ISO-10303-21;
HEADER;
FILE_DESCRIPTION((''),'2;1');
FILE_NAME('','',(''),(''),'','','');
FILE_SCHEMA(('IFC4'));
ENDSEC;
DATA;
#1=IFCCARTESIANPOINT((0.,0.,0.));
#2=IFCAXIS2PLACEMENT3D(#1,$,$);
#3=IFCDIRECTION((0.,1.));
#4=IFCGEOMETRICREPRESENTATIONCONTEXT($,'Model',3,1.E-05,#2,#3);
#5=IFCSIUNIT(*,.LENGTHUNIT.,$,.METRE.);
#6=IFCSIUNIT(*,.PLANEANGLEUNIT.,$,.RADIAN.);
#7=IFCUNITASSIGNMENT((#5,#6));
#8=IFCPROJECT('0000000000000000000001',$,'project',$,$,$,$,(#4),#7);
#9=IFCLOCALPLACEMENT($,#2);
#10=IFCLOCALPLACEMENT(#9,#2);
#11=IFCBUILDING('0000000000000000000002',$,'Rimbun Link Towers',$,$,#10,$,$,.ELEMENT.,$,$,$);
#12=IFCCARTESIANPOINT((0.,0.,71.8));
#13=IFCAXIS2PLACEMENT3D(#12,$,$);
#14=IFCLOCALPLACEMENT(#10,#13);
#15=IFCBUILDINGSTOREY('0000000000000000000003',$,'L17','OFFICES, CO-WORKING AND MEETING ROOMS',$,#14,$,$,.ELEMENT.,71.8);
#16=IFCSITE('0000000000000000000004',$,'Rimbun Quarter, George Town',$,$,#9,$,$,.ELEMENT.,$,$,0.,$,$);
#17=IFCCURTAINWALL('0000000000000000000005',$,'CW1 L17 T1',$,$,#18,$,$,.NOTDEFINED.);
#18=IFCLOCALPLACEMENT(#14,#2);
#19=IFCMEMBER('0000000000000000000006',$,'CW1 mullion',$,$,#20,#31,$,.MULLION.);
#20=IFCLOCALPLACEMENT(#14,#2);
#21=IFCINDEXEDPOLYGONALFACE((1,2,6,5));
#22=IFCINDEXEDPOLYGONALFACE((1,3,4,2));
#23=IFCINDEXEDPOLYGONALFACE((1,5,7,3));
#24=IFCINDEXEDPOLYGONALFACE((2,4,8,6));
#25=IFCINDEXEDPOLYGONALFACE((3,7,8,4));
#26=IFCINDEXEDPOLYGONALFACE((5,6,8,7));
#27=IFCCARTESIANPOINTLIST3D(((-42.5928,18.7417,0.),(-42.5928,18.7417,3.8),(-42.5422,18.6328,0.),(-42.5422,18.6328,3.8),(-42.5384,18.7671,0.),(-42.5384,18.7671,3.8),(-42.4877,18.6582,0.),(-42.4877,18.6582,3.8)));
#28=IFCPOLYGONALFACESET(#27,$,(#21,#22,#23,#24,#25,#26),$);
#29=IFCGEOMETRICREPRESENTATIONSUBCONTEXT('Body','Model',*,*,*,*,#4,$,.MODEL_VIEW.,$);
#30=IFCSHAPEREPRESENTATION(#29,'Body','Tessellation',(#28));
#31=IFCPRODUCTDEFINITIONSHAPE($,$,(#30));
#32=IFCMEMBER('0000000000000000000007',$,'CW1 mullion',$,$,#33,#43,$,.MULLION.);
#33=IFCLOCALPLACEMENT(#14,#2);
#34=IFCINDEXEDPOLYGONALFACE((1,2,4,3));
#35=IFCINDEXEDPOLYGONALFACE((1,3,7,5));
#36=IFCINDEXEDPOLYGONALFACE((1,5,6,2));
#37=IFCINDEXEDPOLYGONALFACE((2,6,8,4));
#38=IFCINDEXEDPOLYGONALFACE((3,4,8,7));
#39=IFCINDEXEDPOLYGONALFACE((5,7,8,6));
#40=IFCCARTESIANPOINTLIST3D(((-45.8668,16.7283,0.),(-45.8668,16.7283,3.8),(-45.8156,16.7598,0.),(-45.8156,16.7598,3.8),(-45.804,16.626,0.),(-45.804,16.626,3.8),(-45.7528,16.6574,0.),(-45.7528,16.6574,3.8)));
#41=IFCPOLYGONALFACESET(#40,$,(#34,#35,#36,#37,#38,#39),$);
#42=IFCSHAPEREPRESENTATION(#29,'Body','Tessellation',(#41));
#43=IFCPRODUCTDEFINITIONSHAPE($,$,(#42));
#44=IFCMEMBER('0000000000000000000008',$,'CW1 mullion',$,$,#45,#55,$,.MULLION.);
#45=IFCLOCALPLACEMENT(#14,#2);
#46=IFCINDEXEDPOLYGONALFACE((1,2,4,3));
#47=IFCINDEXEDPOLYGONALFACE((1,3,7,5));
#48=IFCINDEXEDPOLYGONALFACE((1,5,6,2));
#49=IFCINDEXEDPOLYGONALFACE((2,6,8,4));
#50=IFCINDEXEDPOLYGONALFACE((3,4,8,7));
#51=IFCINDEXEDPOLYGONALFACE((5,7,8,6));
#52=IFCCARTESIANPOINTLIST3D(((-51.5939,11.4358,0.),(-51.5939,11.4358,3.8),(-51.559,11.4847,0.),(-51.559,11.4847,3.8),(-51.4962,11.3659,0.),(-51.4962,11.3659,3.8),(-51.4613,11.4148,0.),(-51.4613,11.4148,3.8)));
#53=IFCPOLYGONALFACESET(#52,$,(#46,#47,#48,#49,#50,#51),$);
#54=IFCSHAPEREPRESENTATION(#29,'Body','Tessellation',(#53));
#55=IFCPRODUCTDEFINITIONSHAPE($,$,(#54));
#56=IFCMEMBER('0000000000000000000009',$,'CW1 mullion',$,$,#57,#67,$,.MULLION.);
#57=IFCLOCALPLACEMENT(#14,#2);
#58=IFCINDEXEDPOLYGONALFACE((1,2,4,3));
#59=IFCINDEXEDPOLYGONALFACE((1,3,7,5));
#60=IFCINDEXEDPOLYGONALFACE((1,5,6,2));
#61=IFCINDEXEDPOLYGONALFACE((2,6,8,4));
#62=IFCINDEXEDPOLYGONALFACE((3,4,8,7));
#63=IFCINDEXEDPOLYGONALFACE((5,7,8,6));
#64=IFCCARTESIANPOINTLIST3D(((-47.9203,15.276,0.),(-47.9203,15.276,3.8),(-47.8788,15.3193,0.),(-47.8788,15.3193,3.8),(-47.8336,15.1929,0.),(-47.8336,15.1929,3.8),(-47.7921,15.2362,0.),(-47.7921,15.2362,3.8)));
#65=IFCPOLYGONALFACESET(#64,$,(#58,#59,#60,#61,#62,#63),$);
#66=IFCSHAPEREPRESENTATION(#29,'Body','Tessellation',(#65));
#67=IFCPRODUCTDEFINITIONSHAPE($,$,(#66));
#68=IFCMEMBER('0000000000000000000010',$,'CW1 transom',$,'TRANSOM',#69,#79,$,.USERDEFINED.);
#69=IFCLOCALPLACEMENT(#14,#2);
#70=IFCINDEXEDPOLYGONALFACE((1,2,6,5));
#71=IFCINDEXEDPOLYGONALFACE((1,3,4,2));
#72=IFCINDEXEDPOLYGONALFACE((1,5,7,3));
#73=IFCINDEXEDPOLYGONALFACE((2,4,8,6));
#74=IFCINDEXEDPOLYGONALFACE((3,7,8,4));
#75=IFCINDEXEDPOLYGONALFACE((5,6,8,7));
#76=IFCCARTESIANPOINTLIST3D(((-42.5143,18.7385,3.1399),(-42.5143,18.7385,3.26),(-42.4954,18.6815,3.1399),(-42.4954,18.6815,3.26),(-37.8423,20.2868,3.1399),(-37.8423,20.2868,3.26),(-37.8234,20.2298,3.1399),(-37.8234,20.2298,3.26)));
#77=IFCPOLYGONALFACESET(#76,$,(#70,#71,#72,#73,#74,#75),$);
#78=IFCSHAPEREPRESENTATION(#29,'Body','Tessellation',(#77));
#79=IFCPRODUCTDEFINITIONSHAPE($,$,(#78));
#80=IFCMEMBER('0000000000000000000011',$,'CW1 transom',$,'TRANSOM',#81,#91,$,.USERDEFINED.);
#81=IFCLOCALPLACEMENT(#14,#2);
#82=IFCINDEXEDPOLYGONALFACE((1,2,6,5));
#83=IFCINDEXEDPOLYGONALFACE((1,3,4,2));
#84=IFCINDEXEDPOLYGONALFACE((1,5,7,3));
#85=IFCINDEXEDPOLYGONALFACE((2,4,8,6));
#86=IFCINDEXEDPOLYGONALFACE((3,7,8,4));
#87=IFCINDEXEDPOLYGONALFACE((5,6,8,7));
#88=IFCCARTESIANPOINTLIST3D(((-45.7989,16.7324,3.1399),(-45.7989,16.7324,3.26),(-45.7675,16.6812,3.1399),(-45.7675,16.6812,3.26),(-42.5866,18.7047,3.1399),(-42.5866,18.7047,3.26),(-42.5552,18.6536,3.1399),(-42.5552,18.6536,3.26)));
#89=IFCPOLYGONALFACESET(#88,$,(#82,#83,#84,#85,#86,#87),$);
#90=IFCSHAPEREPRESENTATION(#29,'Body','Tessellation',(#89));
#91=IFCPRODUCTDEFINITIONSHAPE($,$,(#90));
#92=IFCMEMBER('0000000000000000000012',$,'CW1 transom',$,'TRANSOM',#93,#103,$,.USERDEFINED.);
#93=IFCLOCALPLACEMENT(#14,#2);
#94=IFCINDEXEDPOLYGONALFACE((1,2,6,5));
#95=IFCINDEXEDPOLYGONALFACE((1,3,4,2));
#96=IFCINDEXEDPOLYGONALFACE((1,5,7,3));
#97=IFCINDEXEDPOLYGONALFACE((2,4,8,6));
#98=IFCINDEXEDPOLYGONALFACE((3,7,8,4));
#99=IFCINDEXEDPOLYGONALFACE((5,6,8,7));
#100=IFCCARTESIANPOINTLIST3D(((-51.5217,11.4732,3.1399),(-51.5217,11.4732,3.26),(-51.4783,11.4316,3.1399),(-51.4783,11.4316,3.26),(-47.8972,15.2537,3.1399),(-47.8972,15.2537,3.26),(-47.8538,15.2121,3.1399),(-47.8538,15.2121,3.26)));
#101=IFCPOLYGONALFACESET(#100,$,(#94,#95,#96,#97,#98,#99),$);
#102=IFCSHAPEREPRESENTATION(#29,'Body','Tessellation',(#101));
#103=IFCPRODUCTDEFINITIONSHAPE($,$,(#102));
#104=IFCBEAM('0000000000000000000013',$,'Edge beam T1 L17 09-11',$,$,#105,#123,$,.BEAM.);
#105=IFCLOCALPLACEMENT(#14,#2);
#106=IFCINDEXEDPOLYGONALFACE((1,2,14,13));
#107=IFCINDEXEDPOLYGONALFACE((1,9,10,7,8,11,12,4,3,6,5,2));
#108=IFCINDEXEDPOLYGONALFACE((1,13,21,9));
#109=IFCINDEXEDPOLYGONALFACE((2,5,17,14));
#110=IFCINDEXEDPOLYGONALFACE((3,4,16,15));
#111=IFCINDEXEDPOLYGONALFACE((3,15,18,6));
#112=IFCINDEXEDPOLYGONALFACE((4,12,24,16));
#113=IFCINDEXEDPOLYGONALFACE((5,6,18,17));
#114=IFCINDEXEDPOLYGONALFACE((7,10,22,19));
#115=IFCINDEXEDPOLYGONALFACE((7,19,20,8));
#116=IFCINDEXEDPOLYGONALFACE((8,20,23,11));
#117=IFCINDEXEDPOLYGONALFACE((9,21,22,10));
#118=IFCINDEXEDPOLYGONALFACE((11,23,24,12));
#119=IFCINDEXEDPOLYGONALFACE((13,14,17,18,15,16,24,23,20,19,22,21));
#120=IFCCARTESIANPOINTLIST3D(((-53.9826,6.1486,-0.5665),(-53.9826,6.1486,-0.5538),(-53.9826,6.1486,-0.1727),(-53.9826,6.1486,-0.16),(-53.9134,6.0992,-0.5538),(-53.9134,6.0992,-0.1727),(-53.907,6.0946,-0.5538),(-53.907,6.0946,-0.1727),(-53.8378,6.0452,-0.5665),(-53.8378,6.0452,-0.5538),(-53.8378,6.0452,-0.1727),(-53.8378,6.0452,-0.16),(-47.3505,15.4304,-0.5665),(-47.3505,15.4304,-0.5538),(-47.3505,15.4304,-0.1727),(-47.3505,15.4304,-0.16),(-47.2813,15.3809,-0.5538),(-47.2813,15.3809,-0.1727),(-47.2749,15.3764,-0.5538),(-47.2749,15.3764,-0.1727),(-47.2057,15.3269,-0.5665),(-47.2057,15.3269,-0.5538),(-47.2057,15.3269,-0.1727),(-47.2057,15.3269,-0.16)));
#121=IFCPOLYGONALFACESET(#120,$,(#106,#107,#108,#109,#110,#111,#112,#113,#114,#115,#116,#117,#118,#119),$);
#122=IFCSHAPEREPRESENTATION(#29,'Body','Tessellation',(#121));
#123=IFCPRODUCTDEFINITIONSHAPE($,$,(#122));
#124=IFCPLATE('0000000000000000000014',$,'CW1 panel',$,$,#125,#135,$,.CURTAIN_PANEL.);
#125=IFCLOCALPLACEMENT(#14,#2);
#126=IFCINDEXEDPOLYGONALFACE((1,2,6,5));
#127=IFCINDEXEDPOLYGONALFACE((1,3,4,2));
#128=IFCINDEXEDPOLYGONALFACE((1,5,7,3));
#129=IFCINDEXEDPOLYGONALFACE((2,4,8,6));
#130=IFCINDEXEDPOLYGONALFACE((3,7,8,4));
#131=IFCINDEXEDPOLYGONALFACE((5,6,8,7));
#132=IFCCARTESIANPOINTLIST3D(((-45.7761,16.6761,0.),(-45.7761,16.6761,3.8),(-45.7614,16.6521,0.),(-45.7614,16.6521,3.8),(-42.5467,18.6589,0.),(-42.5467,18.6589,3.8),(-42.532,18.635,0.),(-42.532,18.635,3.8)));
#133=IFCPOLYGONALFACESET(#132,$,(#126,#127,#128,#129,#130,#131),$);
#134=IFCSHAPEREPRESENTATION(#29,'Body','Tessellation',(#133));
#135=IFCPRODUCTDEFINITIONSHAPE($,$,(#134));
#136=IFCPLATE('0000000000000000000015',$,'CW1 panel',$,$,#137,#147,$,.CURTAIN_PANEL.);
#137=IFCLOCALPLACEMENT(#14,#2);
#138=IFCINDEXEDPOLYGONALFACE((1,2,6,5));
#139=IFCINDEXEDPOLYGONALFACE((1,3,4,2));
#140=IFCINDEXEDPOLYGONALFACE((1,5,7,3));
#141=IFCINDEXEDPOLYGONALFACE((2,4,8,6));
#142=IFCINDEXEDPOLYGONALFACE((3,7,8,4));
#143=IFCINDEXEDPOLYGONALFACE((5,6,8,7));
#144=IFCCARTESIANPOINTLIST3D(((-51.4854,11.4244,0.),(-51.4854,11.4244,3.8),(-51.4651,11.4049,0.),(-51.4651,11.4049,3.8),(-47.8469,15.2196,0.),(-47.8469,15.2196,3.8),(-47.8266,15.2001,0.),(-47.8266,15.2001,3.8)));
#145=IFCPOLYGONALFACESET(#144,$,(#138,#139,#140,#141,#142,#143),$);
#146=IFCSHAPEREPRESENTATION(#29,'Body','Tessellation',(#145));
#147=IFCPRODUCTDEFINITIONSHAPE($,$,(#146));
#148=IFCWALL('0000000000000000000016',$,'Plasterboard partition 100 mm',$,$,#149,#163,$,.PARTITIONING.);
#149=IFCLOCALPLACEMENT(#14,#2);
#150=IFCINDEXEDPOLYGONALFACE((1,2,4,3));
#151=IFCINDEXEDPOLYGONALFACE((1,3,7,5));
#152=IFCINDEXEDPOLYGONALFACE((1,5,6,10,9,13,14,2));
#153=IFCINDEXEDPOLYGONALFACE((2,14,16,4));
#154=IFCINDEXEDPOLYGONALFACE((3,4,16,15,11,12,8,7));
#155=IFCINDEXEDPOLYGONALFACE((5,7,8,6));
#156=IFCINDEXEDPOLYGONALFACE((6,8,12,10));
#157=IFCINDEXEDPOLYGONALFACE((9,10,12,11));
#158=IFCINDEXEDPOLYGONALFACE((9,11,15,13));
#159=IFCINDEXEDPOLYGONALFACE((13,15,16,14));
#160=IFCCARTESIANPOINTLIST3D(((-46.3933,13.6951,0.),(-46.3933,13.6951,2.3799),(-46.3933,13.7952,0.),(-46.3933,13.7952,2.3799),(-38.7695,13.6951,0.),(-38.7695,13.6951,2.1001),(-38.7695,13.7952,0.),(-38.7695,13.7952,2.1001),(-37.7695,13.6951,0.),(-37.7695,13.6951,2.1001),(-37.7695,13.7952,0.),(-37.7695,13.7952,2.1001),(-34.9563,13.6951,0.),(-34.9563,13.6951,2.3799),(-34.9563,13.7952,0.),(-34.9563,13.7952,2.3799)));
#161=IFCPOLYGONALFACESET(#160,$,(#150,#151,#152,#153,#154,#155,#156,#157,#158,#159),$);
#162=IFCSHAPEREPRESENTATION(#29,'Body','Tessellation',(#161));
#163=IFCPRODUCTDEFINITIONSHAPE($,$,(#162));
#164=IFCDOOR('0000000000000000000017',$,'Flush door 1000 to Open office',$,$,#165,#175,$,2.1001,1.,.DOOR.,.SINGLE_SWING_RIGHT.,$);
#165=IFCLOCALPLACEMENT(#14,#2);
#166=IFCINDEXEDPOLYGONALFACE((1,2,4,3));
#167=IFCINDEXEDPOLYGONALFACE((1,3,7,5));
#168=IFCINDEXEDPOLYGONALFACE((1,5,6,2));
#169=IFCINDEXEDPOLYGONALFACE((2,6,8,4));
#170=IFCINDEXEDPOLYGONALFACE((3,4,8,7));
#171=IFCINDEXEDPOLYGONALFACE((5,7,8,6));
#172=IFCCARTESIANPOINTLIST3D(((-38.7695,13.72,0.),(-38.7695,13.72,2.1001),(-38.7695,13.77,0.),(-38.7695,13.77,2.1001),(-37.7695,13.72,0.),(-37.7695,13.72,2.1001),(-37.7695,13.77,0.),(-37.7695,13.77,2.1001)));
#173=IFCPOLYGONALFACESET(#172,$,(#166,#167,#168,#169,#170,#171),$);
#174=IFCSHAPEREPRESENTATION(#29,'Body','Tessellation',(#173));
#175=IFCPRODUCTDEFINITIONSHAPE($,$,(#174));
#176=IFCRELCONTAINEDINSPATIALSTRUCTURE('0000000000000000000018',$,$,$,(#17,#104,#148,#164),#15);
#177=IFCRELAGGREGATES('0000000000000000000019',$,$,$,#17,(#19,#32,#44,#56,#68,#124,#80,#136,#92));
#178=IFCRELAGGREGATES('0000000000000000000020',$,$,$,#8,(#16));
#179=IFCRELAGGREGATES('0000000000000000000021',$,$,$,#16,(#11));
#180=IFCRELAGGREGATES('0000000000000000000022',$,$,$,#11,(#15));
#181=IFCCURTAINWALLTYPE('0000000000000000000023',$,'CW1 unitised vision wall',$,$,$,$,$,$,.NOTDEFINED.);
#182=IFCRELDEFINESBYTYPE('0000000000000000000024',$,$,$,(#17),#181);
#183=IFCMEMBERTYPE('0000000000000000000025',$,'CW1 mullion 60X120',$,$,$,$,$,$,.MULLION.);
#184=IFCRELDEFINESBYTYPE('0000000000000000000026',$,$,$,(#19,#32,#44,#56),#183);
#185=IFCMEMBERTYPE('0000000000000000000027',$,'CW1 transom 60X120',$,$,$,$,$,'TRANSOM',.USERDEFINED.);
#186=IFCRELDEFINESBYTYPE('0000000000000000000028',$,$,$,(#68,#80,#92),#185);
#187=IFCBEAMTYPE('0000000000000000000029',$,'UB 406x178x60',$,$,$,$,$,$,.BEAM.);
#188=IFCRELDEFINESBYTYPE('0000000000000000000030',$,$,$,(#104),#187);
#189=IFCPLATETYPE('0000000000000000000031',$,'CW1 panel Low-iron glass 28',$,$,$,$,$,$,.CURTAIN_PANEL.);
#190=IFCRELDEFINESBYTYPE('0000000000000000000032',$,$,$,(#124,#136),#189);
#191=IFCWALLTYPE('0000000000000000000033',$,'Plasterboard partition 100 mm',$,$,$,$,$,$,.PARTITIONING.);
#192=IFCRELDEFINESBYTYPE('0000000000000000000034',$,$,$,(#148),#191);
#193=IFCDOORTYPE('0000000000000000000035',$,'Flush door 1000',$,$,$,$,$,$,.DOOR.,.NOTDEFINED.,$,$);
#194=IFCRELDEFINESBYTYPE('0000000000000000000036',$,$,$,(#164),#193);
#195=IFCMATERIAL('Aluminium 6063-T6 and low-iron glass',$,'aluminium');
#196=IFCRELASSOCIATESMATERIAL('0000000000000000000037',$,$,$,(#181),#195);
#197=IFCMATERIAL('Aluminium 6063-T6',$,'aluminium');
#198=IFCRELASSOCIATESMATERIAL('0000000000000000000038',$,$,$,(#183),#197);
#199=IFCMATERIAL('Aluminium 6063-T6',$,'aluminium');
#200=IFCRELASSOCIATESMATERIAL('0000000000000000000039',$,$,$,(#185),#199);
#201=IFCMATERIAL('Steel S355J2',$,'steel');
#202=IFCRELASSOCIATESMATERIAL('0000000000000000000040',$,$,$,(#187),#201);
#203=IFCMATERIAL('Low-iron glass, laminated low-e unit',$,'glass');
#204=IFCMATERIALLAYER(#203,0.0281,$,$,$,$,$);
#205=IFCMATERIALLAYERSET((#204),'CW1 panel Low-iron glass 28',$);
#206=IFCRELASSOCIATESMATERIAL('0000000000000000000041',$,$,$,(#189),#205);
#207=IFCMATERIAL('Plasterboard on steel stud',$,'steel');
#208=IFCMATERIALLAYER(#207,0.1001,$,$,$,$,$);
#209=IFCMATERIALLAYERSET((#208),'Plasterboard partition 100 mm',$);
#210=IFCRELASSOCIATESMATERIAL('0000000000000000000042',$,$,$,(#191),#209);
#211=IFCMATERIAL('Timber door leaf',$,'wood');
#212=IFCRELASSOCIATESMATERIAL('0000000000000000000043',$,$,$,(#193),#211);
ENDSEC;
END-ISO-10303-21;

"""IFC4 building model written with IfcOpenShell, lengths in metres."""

from ifc_helpers import new_model, si_unit, direction, frame, frame_2d, origin, origin_2d, place, context, subcontext, project, spatial, rectangle, i_section, extrude, material, layer, layer_set, material_profile, profile_set, type_object, element, fill, aggregate, save


model = new_model("IFC4")

# Units and contexts
model_context = context("Model", 3, precision=1e-05, world=origin(), true_north=direction((0.0, 1.0)))
body_context = subcontext(model_context, "Body", "Model", "MODEL_VIEW")
ifc_project = project(units=[si_unit("LENGTHUNIT", "METRE"), si_unit("PLANEANGLEUNIT", "RADIAN")], contexts=[model_context])

# Site, building, storey
site_placement = place(None, origin())
site = spatial("IfcSite", under=ifc_project, at=site_placement, Name="Rimbun Quarter, George Town", CompositionType="ELEMENT", RefElevation=0.0)
building_placement = place(site_placement, origin())
building = spatial("IfcBuilding", under=site, at=building_placement, Name="Rimbun Link Towers", CompositionType="ELEMENT")
storey_placement = place(building_placement, frame((0.0, 0.0, 71.8)))
storey = spatial("IfcBuildingStorey", under=building, at=storey_placement, Name="L17", Description="OFFICES, CO-WORKING AND MEETING ROOMS", CompositionType="ELEMENT", Elevation=71.8)

# Curtain wall, members
ifc_material_1 = material(Name="Aluminium 6063-T6 and low-iron glass", Category="aluminium")
curtain_wall_type = type_object("IfcCurtainWallType", Name="CW1 unitised vision wall", PredefinedType="NOTDEFINED", material=ifc_material_1)
curtain_wall_placement = place(storey_placement, origin())
curtain_wall = element("IfcCurtainWall", 1, at=curtain_wall_placement, inside=storey, type_object=curtain_wall_type, Name="CW1 L17 T1", PredefinedType="NOTDEFINED")
ifc_material_2 = material(Name="Aluminium 6063-T6", Category="aluminium")
ifc_material_profile_1 = material_profile(ifc_material_2, rectangle(XDim=0.1201, YDim=0.0601, at=origin_2d()), Name="MULLION 60X120")
ifc_profile_set_1 = profile_set([ifc_material_profile_1], Name="Aluminium 6063-T6")
member_type_1 = type_object("IfcMemberType", Name="CW1 mullion 60X120", PredefinedType="MULLION", material=ifc_profile_set_1)
member_1_placement = place(storey_placement, frame((-42.5403, 18.7, 0.0), z_axis=(0.0, 0.0, 1.0), x_axis=(-0.421699, 0.906736, 0.0)))
member_1 = element("IfcMember", 2, at=member_1_placement, type_object=member_type_1, Name="CW1 mullion", PredefinedType="MULLION", context=body_context, shape_type="SweptSolid", body=[
    extrude(rectangle(XDim=0.1201, YDim=0.0601, at=origin_2d()), origin(), (0.0, 0.0, 1.0), 3.8),
])
member_2_placement = place(storey_placement, frame((-45.8098, 16.6929, 0.0), z_axis=(0.0, 0.0, 1.0), x_axis=(-0.523239, 0.852186, 0.0)))
member_2 = element("IfcMember", 3, at=member_2_placement, type_object=member_type_1, Name="CW1 mullion", PredefinedType="MULLION", context=body_context, shape_type="SweptSolid", body=[
    extrude(rectangle(XDim=0.1201, YDim=0.0601, at=origin_2d()), origin(), (0.0, 0.0, 1.0), 3.8),
])
member_3_placement = place(storey_placement, frame((-51.5276, 11.4253, 0.0), z_axis=(0.0, 0.0, 1.0), x_axis=(-0.813351, 0.581773, 0.0)))
member_3 = element("IfcMember", 4, at=member_3_placement, type_object=member_type_1, Name="CW1 mullion", PredefinedType="MULLION", context=body_context, shape_type="SweptSolid", body=[
    extrude(rectangle(XDim=0.1201, YDim=0.0601, at=origin_2d()), origin(), (0.0, 0.0, 1.0), 3.8),
])
member_4_placement = place(storey_placement, frame((-47.8562, 15.2561, 0.0), z_axis=(0.0, 0.0, 1.0), x_axis=(-0.721854, 0.692045, 0.0)))
member_4 = element("IfcMember", 5, at=member_4_placement, type_object=member_type_1, Name="CW1 mullion", PredefinedType="MULLION", context=body_context, shape_type="SweptSolid", body=[
    extrude(rectangle(XDim=0.1201, YDim=0.0601, at=origin_2d()), origin(), (0.0, 0.0, 1.0), 3.8),
])
ifc_material_3 = material(Name="Aluminium 6063-T6", Category="aluminium")
ifc_material_profile_2 = material_profile(ifc_material_3, rectangle(XDim=0.0601, YDim=0.1201, at=origin_2d()), Name="TRANSOM 60X120")
ifc_profile_set_2 = profile_set([ifc_material_profile_2], Name="Aluminium 6063-T6")
member_type_2 = type_object("IfcMemberType", Name="CW1 transom 60X120", ElementType="TRANSOM", PredefinedType="USERDEFINED", material=ifc_profile_set_2)
member_5_placement = place(storey_placement, frame((-42.5049, 18.71, 3.2), z_axis=(0.949232, 0.314576, 0.0), x_axis=(-0.314576, 0.949232, 0.0)))
member_5 = element("IfcMember", 6, at=member_5_placement, type_object=member_type_2, Name="CW1 transom", ObjectType="TRANSOM", PredefinedType="USERDEFINED", context=body_context, shape_type="SweptSolid", body=[
    extrude(rectangle(XDim=0.0601, YDim=0.1201, at=origin_2d()), origin(), (0.0, 0.0, 1.0), 4.9219),
])
member_6_placement = place(storey_placement, frame((-45.7832, 16.7068, 3.2), z_axis=(0.852185, 0.523241, 0.0), x_axis=(-0.523241, 0.852185, 0.0)))
member_6 = element("IfcMember", 7, at=member_6_placement, type_object=member_type_2, Name="CW1 transom", ObjectType="TRANSOM", PredefinedType="USERDEFINED", context=body_context, shape_type="SweptSolid", body=[
    extrude(rectangle(XDim=0.0601, YDim=0.1201, at=origin_2d()), origin(), (0.0, 0.0, 1.0), 3.7695),
])
member_7_placement = place(storey_placement, frame((-51.5, 11.4524, 3.2), z_axis=(0.692056, 0.721844, 0.0), x_axis=(-0.721844, 0.692056, 0.0)))
member_7 = element("IfcMember", 8, at=member_7_placement, type_object=member_type_2, Name="CW1 transom", ObjectType="TRANSOM", PredefinedType="USERDEFINED", context=body_context, shape_type="SweptSolid", body=[
    extrude(rectangle(XDim=0.0601, YDim=0.1201, at=origin_2d()), origin(), (0.0, 0.0, 1.0), 5.2373),
])

# Beam
ifc_material_4 = material(Name="Steel S355J2", Category="steel")
ifc_material_profile_3 = material_profile(ifc_material_4, i_section(OverallWidth=0.178, OverallDepth=0.4065, WebThickness=0.0078, FlangeThickness=0.0127, at=origin_2d()), Name="UB 406x178x60")
ifc_profile_set_3 = profile_set([ifc_material_profile_3], Name="Steel S355J2")
beam_type = type_object("IfcBeamType", Name="UB 406x178x60", PredefinedType="BEAM", material=ifc_profile_set_3)
beam_placement = place(storey_placement, frame((-47.2781, 15.3787, -0.3633), z_axis=(-0.58137, -0.813639, 0.0), x_axis=(0.813639, -0.58137, 0.0)))
element("IfcBeam", 9, at=beam_placement, inside=storey, type_object=beam_type, Name="Edge beam T1 L17 09-11", PredefinedType="BEAM", context=body_context, shape_type="SweptSolid", body=[
    extrude(i_section(OverallWidth=0.178, OverallDepth=0.4065, WebThickness=0.0078, FlangeThickness=0.0127, at=origin_2d()), origin(), (0.0, 0.0, 1.0), 11.4077),
])

# Plates
ifc_material_5 = material(Name="Low-iron glass, laminated low-e unit", Category="glass")
ifc_layer_1 = layer(ifc_material_5, 0.0281)
ifc_layer_set_1 = layer_set([ifc_layer_1], Name="CW1 panel Low-iron glass 28")
plate_type = type_object("IfcPlateType", Name="CW1 panel Low-iron glass 28", PredefinedType="CURTAIN_PANEL", material=ifc_layer_set_1)
plate_1_placement = place(storey_placement, frame((-44.1541, 17.6555, 0.0), z_axis=(0.0, 0.0, 1.0), x_axis=(0.852186, 0.523239, 0.0)))
plate_1 = element("IfcPlate", 10, at=plate_1_placement, type_object=plate_type, Name="CW1 panel", PredefinedType="CURTAIN_PANEL", context=body_context, shape_type="SweptSolid", body=[
    extrude(rectangle(XDim=3.7896, YDim=0.0281, at=origin_2d()), origin(), (0.0, 0.0, 1.0), 3.8),
])
plate_2_placement = place(storey_placement, frame((-49.656, 13.3123, 0.0), z_axis=(0.0, 0.0, 1.0), x_axis=(0.692045, 0.721854, 0.0)))
plate_2 = element("IfcPlate", 11, at=plate_2_placement, type_object=plate_type, Name="CW1 panel", PredefinedType="CURTAIN_PANEL", context=body_context, shape_type="SweptSolid", body=[
    extrude(rectangle(XDim=5.2576, YDim=0.0281, at=origin_2d()), origin(), (0.0, 0.0, 1.0), 3.8),
])
aggregate(curtain_wall, [member_1, member_2, member_3, member_4, member_5, plate_1, member_6, plate_2, member_7])

# Wall, opening, door
ifc_material_6 = material(Name="Plasterboard on steel stud", Category="steel")
ifc_layer_2 = layer(ifc_material_6, 0.1001)
ifc_layer_set_2 = layer_set([ifc_layer_2], Name="Plasterboard partition 100 mm")
wall_type = type_object("IfcWallType", Name="Plasterboard partition 100 mm", PredefinedType="PARTITIONING", material=ifc_layer_set_2)
wall_1_placement = place(storey_placement, frame((-46.3933, 13.7451, 0.0), z_axis=(0.0, 0.0, 1.0), x_axis=(1.0, 0.0, 0.0)))
wall_1 = element("IfcWall", 12, at=wall_1_placement, inside=storey, type_object=wall_type, Name="Plasterboard partition 100 mm", PredefinedType="PARTITIONING", context=body_context, shape_type="SweptSolid", body=[
    extrude(rectangle(XDim=11.437, YDim=0.1001, at=frame_2d((5.7185, 0.0))), origin(), (0.0, 0.0, 1.0), 2.3799),
])
opening_placement = place(wall_1_placement, frame((7.6238, 0.0, 0.0)))
opening = element("IfcOpeningElement", 13, at=opening_placement, cuts=wall_1, PredefinedType="OPENING", context=body_context, shape_type="SweptSolid", body=[
    extrude(rectangle(XDim=1.0, YDim=2.1001, at=frame_2d((0.5, 1.05))), frame((0.0, 0.0601, 0.0), z_axis=(0.0, -1.0, 0.0), x_axis=(1.0, 0.0, 0.0)), (0.0, 0.0, 1.0), 0.1201),
])
ifc_material_7 = material(Name="Timber door leaf", Category="wood")
door_type = type_object("IfcDoorType", Name="Flush door 1000", OperationType="NOTDEFINED", PredefinedType="DOOR", material=ifc_material_7)
door_placement = place(opening_placement, origin())
door = element("IfcDoor", 14, at=door_placement, inside=storey, type_object=door_type, Name="Flush door 1000 to Open office", OperationType="SINGLE_SWING_RIGHT", OverallHeight=2.1001, OverallWidth=1.0, PredefinedType="DOOR", context=body_context, shape_type="SweptSolid", body=[
    extrude(rectangle(XDim=1.0, YDim=2.1001, at=frame_2d((0.5, 1.05))), frame((0.0, 0.0249, 0.0), z_axis=(0.0, -1.0, 0.0), x_axis=(1.0, 0.0, 0.0)), (0.0, 0.0, 1.0), 0.05),
])
fill(opening, door)

save(model, "model.ifc")
